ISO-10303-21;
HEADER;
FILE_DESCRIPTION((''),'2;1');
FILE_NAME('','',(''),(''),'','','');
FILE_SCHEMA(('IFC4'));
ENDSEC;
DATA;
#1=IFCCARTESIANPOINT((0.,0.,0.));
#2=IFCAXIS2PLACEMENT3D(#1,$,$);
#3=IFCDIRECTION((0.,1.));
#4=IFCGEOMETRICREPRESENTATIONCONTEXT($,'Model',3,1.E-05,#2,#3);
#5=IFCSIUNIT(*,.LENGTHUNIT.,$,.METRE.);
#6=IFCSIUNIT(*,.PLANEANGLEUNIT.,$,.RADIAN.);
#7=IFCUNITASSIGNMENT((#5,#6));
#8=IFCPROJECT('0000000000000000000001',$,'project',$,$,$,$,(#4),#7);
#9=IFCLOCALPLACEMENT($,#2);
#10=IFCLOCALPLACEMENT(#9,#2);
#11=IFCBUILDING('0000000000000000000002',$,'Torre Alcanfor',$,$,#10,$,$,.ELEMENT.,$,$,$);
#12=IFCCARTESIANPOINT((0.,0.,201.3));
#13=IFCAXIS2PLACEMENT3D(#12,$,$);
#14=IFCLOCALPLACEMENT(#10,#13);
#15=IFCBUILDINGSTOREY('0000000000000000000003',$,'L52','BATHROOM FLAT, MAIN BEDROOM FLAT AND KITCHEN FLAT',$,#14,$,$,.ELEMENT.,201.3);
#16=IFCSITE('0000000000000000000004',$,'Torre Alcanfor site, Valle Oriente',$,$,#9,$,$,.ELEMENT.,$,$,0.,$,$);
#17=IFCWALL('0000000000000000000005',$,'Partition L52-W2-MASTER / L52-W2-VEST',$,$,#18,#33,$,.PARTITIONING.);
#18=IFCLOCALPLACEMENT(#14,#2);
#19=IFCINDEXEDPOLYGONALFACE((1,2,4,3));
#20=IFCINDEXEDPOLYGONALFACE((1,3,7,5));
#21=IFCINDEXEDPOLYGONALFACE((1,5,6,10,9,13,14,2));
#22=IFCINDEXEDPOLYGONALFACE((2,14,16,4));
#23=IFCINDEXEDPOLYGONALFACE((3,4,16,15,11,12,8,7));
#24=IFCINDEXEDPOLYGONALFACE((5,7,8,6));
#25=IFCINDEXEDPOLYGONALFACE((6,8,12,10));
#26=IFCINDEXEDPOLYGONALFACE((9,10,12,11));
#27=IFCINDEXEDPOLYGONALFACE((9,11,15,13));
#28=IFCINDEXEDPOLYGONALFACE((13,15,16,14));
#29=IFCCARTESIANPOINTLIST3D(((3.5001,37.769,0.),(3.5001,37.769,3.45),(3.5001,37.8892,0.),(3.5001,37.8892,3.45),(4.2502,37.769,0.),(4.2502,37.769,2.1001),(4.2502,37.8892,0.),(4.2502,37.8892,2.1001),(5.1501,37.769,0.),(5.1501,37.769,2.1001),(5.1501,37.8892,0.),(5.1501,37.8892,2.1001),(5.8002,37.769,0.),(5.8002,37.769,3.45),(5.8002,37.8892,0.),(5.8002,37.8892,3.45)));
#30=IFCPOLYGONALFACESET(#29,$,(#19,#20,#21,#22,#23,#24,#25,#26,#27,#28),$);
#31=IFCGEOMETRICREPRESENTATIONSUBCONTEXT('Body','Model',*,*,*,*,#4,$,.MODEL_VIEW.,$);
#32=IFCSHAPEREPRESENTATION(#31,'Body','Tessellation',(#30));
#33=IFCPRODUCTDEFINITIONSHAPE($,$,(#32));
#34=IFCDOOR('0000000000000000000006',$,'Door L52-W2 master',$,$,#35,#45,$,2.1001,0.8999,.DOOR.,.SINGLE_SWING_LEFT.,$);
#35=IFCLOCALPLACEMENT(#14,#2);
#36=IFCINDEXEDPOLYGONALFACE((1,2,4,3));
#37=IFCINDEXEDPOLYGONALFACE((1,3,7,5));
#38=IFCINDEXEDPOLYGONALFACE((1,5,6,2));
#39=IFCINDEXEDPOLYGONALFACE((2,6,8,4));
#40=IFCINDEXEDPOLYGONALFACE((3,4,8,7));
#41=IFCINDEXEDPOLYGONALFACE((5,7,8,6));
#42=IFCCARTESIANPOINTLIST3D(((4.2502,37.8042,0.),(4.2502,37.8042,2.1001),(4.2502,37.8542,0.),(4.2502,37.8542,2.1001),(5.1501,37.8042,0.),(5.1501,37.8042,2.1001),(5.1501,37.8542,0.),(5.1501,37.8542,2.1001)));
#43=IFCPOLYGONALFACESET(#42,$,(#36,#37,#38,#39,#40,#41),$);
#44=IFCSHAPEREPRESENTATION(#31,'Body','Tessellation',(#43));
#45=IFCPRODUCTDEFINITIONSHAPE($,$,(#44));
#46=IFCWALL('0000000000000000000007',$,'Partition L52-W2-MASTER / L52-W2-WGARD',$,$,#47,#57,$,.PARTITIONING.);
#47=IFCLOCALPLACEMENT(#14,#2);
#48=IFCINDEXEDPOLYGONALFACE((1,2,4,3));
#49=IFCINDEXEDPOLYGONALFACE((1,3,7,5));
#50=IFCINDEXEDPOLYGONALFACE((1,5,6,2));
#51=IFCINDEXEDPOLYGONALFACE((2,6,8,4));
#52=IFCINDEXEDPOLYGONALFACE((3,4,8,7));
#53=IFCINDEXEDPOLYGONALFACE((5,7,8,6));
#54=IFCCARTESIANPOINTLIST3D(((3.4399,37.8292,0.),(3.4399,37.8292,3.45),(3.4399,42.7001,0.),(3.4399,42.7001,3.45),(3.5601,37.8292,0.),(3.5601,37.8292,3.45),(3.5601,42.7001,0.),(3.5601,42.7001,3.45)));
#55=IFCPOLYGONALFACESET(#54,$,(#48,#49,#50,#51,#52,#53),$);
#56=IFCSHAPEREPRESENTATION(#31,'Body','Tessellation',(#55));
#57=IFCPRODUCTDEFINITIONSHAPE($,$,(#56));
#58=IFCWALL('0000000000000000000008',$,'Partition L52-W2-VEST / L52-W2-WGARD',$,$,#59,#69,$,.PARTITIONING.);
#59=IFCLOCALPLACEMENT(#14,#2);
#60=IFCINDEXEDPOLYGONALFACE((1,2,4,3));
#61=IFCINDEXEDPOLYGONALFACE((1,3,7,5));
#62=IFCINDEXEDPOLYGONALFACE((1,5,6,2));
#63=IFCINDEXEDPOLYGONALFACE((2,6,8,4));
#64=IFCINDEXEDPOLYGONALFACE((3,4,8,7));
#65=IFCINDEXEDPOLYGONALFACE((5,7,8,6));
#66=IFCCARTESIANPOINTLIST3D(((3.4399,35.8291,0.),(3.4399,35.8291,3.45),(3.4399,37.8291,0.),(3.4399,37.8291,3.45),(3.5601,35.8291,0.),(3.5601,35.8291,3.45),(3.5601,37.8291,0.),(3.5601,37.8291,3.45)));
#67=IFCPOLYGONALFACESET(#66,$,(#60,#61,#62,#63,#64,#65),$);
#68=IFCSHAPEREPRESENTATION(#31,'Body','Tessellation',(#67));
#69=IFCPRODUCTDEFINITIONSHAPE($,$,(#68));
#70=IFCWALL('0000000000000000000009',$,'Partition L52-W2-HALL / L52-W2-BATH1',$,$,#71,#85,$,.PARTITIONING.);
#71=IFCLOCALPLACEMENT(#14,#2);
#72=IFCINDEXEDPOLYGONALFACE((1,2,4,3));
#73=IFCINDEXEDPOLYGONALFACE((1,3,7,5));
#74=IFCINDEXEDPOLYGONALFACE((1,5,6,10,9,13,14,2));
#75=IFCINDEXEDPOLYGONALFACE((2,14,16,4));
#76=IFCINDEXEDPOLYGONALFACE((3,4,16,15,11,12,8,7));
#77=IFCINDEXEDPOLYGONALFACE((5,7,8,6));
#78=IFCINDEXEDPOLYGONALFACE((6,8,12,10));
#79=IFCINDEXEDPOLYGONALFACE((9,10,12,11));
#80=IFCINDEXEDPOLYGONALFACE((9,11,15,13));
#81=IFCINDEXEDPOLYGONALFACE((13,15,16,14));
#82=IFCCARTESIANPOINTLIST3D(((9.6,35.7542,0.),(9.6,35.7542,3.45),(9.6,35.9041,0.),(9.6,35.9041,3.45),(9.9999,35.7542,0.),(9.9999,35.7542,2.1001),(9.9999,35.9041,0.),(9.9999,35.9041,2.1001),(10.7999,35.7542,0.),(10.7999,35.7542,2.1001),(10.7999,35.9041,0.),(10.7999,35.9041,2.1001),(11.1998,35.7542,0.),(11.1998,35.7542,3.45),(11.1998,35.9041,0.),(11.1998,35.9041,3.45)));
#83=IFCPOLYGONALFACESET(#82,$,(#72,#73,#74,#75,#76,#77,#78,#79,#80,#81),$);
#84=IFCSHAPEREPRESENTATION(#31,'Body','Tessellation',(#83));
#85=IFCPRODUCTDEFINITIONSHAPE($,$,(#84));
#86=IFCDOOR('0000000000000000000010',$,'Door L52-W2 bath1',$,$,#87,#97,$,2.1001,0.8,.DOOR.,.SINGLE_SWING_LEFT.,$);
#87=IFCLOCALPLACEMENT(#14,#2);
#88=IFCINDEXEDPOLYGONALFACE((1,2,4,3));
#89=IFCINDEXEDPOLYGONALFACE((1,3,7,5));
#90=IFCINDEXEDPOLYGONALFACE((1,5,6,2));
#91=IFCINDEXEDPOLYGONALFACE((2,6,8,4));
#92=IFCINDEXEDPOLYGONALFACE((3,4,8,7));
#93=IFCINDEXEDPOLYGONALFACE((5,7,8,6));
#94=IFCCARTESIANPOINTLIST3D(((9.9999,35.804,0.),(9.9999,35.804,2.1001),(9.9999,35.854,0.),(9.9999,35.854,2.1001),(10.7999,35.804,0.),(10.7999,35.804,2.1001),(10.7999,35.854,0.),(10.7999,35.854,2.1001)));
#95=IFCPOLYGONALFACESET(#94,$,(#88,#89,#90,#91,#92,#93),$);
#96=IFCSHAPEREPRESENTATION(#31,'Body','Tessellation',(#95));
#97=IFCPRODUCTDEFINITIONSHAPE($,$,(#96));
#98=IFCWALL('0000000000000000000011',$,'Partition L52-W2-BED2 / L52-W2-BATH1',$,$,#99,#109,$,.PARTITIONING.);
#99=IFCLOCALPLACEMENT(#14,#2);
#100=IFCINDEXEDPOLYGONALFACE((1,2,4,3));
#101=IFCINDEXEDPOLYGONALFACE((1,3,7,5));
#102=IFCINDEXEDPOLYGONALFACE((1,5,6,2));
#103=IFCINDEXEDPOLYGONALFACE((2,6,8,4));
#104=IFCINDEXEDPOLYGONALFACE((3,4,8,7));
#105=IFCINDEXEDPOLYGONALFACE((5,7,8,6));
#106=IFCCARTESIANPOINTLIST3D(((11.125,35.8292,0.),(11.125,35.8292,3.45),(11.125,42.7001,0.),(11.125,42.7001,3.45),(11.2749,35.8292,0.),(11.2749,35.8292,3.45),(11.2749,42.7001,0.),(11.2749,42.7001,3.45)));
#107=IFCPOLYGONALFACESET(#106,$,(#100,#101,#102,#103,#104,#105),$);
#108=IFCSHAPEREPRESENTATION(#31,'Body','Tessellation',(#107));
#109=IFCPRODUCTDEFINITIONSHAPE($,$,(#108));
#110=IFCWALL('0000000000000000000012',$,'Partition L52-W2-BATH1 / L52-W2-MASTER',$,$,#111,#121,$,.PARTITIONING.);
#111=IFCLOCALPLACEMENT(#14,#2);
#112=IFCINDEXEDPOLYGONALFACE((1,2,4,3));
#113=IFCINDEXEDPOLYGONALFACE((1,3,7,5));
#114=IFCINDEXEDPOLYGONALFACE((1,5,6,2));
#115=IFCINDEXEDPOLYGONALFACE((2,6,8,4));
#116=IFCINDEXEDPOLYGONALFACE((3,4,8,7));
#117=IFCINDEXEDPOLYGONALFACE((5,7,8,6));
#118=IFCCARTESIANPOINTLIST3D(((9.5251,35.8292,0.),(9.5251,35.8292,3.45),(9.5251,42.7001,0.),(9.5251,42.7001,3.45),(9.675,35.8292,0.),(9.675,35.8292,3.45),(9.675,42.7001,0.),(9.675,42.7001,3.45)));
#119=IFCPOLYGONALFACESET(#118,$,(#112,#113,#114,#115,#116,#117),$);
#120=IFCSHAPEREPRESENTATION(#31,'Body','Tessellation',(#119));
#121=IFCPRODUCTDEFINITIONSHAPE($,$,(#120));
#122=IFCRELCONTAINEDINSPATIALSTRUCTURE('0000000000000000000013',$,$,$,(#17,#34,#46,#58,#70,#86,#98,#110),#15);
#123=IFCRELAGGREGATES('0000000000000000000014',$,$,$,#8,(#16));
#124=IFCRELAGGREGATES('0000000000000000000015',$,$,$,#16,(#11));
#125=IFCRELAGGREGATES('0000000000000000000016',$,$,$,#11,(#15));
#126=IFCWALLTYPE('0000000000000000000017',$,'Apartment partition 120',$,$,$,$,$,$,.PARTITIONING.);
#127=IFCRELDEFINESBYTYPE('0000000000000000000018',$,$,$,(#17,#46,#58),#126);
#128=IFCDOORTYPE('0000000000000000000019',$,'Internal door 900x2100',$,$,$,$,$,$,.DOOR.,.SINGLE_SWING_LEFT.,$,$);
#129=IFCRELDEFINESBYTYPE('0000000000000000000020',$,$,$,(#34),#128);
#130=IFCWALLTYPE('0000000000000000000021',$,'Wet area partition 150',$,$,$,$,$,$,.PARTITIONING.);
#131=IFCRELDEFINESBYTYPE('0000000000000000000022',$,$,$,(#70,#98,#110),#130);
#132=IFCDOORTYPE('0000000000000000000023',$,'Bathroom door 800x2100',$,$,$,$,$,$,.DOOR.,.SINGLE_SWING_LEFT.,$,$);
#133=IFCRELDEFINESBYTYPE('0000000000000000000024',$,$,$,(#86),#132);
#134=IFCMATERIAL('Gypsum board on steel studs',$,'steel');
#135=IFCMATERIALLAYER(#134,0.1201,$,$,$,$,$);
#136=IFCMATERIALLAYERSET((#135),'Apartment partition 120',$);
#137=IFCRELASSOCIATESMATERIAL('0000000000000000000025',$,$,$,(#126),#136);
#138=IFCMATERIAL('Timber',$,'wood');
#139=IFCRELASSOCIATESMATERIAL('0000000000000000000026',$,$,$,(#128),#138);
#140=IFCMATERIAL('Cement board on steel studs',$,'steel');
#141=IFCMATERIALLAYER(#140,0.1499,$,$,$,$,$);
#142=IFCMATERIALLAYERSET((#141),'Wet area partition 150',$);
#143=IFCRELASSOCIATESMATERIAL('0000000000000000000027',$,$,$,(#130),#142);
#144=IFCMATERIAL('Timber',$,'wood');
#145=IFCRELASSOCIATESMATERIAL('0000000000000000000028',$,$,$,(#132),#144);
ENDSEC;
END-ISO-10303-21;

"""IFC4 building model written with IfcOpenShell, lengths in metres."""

from ifc_helpers import new_model, si_unit, direction, frame, frame_2d, origin, place, context, subcontext, project, spatial, rectangle, extrude, material, layer, layer_set, type_object, element, fill, save


model = new_model("IFC4")

# Units and contexts
model_context = context("Model", 3, precision=1e-05, world=origin(), true_north=direction((0.0, 1.0)))
body_context = subcontext(model_context, "Body", "Model", "MODEL_VIEW")
ifc_project = project(units=[si_unit("LENGTHUNIT", "METRE"), si_unit("PLANEANGLEUNIT", "RADIAN")], contexts=[model_context])

# Site, building, storey
site_placement = place(None, origin())
site = spatial("IfcSite", under=ifc_project, at=site_placement, Name="Torre Alcanfor site, Valle Oriente", CompositionType="ELEMENT", RefElevation=0.0)
building_placement = place(site_placement, origin())
building = spatial("IfcBuilding", under=site, at=building_placement, Name="Torre Alcanfor", CompositionType="ELEMENT")
storey_placement = place(building_placement, frame((0.0, 0.0, 201.3)))
storey = spatial("IfcBuildingStorey", under=building, at=storey_placement, Name="L52", Description="BATHROOM FLAT, MAIN BEDROOM FLAT AND KITCHEN FLAT", CompositionType="ELEMENT", Elevation=201.3)

# Shared definitions
ifc_material_1 = material(Name="Gypsum board on steel studs", Category="steel")
ifc_layer_1 = layer(ifc_material_1, 0.1201)
ifc_layer_set_1 = layer_set([ifc_layer_1], Name="Apartment partition 120")
wall_type_1 = type_object("IfcWallType", Name="Apartment partition 120", PredefinedType="PARTITIONING", material=ifc_layer_set_1)
ifc_material_2 = material(Name="Timber", Category="wood")
door_type_1 = type_object("IfcDoorType", Name="Internal door 900x2100", OperationType="SINGLE_SWING_LEFT", PredefinedType="DOOR", material=ifc_material_2)

# Wall, opening, door
wall_1_placement = place(storey_placement, frame((5.8, 37.8291, 0.0), z_axis=(0.0, 0.0, 1.0), x_axis=(-1.0, 0.0, 0.0)))
wall_1 = element("IfcWall", 1, at=wall_1_placement, inside=storey, type_object=wall_type_1, Name="Partition L52-W2-MASTER / L52-W2-VEST", PredefinedType="PARTITIONING", context=body_context, shape_type="SweptSolid", body=[
    extrude(rectangle(XDim=2.3, YDim=0.1201, at=frame_2d((1.1499, 0.0))), origin(), (0.0, 0.0, 1.0), 3.45),
])
opening_1_placement = place(wall_1_placement, frame((0.6499, 0.0, 0.0)))
opening_1 = element("IfcOpeningElement", 2, at=opening_1_placement, cuts=wall_1, PredefinedType="OPENING", context=body_context, shape_type="SweptSolid", body=[
    extrude(rectangle(XDim=0.8999, YDim=2.1001, at=frame_2d((0.45, 1.05))), frame((0.0, 0.0701, 0.0), z_axis=(0.0, -1.0, 0.0), x_axis=(1.0, 0.0, 0.0)), (0.0, 0.0, 1.0), 0.1401),
])
door_1_placement = place(opening_1_placement, origin())
door_1 = element("IfcDoor", 3, at=door_1_placement, inside=storey, type_object=door_type_1, Name="Door L52-W2 master", OperationType="SINGLE_SWING_LEFT", OverallHeight=2.1001, OverallWidth=0.8999, PredefinedType="DOOR", context=body_context, shape_type="SweptSolid", body=[
    extrude(rectangle(XDim=0.8999, YDim=2.1001, at=frame_2d((0.45, 1.05))), frame((0.0, 0.0249, 0.0), z_axis=(0.0, -1.0, 0.0), x_axis=(1.0, 0.0, 0.0)), (0.0, 0.0, 1.0), 0.05),
])
fill(opening_1, door_1)

# Walls
wall_2_placement = place(storey_placement, frame((3.5, 37.8291, 0.0), z_axis=(0.0, 0.0, 1.0), x_axis=(0.0, 1.0, 0.0)))
element("IfcWall", 4, at=wall_2_placement, inside=storey, type_object=wall_type_1, Name="Partition L52-W2-MASTER / L52-W2-WGARD", PredefinedType="PARTITIONING", context=body_context, shape_type="SweptSolid", body=[
    extrude(rectangle(XDim=4.8708, YDim=0.1201, at=frame_2d((2.4355, 0.0))), origin(), (0.0, 0.0, 1.0), 3.45),
])
wall_3_placement = place(storey_placement, frame((3.5, 35.8291, 0.0), z_axis=(0.0, 0.0, 1.0), x_axis=(0.0, 1.0, 0.0)))
element("IfcWall", 5, at=wall_3_placement, inside=storey, type_object=wall_type_1, Name="Partition L52-W2-VEST / L52-W2-WGARD", PredefinedType="PARTITIONING", context=body_context, shape_type="SweptSolid", body=[
    extrude(rectangle(XDim=2.0, YDim=0.1201, at=frame_2d((1.0, 0.0))), origin(), (0.0, 0.0, 1.0), 3.45),
])

# Wall, opening, door
ifc_material_3 = material(Name="Cement board on steel studs", Category="steel")
ifc_layer_2 = layer(ifc_material_3, 0.1499)
ifc_layer_set_2 = layer_set([ifc_layer_2], Name="Wet area partition 150")
wall_type_2 = type_object("IfcWallType", Name="Wet area partition 150", PredefinedType="PARTITIONING", material=ifc_layer_set_2)
wall_4_placement = place(storey_placement, frame((9.6001, 35.8291, 0.0), z_axis=(0.0, 0.0, 1.0), x_axis=(1.0, 0.0, 0.0)))
wall_4 = element("IfcWall", 6, at=wall_4_placement, inside=storey, type_object=wall_type_2, Name="Partition L52-W2-HALL / L52-W2-BATH1", PredefinedType="PARTITIONING", context=body_context, shape_type="SweptSolid", body=[
    extrude(rectangle(XDim=1.5999, YDim=0.1499, at=frame_2d((0.7998, 0.0))), origin(), (0.0, 0.0, 1.0), 3.45),
])
opening_2_placement = place(wall_4_placement, frame((0.3999, 0.0, 0.0)))
opening_2 = element("IfcOpeningElement", 7, at=opening_2_placement, cuts=wall_4, PredefinedType="OPENING", context=body_context, shape_type="SweptSolid", body=[
    extrude(rectangle(XDim=0.8, YDim=2.1001, at=frame_2d((0.3999, 1.05))), frame((0.0, 0.085, 0.0), z_axis=(0.0, -1.0, 0.0), x_axis=(1.0, 0.0, 0.0)), (0.0, 0.0, 1.0), 0.1699),
])
ifc_material_4 = material(Name="Timber", Category="wood")
door_type_2 = type_object("IfcDoorType", Name="Bathroom door 800x2100", OperationType="SINGLE_SWING_LEFT", PredefinedType="DOOR", material=ifc_material_4)
door_2_placement = place(opening_2_placement, origin())
door_2 = element("IfcDoor", 8, at=door_2_placement, inside=storey, type_object=door_type_2, Name="Door L52-W2 bath1", OperationType="SINGLE_SWING_LEFT", OverallHeight=2.1001, OverallWidth=0.8, PredefinedType="DOOR", context=body_context, shape_type="SweptSolid", body=[
    extrude(rectangle(XDim=0.8, YDim=2.1001, at=frame_2d((0.3999, 1.05))), frame((0.0, 0.0249, 0.0), z_axis=(0.0, -1.0, 0.0), x_axis=(1.0, 0.0, 0.0)), (0.0, 0.0, 1.0), 0.05),
])
fill(opening_2, door_2)

# Walls
for number, where, z_axis, x_axis, name in (
    (9, (11.2, 35.8291, 0.0), (0.0, 0.0, 1.0), (0.0, 1.0, 0.0), "Partition L52-W2-BED2 / L52-W2-BATH1"),
    (10, (9.6001, 35.8291, 0.0), (0.0, 0.0, 1.0), (0.0, 1.0, 0.0), "Partition L52-W2-BATH1 / L52-W2-MASTER"),
):
    element("IfcWall", number, at=place(storey_placement, frame(where, z_axis=z_axis, x_axis=x_axis)), inside=storey, type_object=wall_type_2, Name=name, PredefinedType="PARTITIONING", context=body_context, shape_type="SweptSolid", body=[
        extrude(rectangle(XDim=6.8708, YDim=0.1499, at=frame_2d((3.4355, 0.0))), origin(), (0.0, 0.0, 1.0), 3.45),
    ])

save(model, "model.ifc")
